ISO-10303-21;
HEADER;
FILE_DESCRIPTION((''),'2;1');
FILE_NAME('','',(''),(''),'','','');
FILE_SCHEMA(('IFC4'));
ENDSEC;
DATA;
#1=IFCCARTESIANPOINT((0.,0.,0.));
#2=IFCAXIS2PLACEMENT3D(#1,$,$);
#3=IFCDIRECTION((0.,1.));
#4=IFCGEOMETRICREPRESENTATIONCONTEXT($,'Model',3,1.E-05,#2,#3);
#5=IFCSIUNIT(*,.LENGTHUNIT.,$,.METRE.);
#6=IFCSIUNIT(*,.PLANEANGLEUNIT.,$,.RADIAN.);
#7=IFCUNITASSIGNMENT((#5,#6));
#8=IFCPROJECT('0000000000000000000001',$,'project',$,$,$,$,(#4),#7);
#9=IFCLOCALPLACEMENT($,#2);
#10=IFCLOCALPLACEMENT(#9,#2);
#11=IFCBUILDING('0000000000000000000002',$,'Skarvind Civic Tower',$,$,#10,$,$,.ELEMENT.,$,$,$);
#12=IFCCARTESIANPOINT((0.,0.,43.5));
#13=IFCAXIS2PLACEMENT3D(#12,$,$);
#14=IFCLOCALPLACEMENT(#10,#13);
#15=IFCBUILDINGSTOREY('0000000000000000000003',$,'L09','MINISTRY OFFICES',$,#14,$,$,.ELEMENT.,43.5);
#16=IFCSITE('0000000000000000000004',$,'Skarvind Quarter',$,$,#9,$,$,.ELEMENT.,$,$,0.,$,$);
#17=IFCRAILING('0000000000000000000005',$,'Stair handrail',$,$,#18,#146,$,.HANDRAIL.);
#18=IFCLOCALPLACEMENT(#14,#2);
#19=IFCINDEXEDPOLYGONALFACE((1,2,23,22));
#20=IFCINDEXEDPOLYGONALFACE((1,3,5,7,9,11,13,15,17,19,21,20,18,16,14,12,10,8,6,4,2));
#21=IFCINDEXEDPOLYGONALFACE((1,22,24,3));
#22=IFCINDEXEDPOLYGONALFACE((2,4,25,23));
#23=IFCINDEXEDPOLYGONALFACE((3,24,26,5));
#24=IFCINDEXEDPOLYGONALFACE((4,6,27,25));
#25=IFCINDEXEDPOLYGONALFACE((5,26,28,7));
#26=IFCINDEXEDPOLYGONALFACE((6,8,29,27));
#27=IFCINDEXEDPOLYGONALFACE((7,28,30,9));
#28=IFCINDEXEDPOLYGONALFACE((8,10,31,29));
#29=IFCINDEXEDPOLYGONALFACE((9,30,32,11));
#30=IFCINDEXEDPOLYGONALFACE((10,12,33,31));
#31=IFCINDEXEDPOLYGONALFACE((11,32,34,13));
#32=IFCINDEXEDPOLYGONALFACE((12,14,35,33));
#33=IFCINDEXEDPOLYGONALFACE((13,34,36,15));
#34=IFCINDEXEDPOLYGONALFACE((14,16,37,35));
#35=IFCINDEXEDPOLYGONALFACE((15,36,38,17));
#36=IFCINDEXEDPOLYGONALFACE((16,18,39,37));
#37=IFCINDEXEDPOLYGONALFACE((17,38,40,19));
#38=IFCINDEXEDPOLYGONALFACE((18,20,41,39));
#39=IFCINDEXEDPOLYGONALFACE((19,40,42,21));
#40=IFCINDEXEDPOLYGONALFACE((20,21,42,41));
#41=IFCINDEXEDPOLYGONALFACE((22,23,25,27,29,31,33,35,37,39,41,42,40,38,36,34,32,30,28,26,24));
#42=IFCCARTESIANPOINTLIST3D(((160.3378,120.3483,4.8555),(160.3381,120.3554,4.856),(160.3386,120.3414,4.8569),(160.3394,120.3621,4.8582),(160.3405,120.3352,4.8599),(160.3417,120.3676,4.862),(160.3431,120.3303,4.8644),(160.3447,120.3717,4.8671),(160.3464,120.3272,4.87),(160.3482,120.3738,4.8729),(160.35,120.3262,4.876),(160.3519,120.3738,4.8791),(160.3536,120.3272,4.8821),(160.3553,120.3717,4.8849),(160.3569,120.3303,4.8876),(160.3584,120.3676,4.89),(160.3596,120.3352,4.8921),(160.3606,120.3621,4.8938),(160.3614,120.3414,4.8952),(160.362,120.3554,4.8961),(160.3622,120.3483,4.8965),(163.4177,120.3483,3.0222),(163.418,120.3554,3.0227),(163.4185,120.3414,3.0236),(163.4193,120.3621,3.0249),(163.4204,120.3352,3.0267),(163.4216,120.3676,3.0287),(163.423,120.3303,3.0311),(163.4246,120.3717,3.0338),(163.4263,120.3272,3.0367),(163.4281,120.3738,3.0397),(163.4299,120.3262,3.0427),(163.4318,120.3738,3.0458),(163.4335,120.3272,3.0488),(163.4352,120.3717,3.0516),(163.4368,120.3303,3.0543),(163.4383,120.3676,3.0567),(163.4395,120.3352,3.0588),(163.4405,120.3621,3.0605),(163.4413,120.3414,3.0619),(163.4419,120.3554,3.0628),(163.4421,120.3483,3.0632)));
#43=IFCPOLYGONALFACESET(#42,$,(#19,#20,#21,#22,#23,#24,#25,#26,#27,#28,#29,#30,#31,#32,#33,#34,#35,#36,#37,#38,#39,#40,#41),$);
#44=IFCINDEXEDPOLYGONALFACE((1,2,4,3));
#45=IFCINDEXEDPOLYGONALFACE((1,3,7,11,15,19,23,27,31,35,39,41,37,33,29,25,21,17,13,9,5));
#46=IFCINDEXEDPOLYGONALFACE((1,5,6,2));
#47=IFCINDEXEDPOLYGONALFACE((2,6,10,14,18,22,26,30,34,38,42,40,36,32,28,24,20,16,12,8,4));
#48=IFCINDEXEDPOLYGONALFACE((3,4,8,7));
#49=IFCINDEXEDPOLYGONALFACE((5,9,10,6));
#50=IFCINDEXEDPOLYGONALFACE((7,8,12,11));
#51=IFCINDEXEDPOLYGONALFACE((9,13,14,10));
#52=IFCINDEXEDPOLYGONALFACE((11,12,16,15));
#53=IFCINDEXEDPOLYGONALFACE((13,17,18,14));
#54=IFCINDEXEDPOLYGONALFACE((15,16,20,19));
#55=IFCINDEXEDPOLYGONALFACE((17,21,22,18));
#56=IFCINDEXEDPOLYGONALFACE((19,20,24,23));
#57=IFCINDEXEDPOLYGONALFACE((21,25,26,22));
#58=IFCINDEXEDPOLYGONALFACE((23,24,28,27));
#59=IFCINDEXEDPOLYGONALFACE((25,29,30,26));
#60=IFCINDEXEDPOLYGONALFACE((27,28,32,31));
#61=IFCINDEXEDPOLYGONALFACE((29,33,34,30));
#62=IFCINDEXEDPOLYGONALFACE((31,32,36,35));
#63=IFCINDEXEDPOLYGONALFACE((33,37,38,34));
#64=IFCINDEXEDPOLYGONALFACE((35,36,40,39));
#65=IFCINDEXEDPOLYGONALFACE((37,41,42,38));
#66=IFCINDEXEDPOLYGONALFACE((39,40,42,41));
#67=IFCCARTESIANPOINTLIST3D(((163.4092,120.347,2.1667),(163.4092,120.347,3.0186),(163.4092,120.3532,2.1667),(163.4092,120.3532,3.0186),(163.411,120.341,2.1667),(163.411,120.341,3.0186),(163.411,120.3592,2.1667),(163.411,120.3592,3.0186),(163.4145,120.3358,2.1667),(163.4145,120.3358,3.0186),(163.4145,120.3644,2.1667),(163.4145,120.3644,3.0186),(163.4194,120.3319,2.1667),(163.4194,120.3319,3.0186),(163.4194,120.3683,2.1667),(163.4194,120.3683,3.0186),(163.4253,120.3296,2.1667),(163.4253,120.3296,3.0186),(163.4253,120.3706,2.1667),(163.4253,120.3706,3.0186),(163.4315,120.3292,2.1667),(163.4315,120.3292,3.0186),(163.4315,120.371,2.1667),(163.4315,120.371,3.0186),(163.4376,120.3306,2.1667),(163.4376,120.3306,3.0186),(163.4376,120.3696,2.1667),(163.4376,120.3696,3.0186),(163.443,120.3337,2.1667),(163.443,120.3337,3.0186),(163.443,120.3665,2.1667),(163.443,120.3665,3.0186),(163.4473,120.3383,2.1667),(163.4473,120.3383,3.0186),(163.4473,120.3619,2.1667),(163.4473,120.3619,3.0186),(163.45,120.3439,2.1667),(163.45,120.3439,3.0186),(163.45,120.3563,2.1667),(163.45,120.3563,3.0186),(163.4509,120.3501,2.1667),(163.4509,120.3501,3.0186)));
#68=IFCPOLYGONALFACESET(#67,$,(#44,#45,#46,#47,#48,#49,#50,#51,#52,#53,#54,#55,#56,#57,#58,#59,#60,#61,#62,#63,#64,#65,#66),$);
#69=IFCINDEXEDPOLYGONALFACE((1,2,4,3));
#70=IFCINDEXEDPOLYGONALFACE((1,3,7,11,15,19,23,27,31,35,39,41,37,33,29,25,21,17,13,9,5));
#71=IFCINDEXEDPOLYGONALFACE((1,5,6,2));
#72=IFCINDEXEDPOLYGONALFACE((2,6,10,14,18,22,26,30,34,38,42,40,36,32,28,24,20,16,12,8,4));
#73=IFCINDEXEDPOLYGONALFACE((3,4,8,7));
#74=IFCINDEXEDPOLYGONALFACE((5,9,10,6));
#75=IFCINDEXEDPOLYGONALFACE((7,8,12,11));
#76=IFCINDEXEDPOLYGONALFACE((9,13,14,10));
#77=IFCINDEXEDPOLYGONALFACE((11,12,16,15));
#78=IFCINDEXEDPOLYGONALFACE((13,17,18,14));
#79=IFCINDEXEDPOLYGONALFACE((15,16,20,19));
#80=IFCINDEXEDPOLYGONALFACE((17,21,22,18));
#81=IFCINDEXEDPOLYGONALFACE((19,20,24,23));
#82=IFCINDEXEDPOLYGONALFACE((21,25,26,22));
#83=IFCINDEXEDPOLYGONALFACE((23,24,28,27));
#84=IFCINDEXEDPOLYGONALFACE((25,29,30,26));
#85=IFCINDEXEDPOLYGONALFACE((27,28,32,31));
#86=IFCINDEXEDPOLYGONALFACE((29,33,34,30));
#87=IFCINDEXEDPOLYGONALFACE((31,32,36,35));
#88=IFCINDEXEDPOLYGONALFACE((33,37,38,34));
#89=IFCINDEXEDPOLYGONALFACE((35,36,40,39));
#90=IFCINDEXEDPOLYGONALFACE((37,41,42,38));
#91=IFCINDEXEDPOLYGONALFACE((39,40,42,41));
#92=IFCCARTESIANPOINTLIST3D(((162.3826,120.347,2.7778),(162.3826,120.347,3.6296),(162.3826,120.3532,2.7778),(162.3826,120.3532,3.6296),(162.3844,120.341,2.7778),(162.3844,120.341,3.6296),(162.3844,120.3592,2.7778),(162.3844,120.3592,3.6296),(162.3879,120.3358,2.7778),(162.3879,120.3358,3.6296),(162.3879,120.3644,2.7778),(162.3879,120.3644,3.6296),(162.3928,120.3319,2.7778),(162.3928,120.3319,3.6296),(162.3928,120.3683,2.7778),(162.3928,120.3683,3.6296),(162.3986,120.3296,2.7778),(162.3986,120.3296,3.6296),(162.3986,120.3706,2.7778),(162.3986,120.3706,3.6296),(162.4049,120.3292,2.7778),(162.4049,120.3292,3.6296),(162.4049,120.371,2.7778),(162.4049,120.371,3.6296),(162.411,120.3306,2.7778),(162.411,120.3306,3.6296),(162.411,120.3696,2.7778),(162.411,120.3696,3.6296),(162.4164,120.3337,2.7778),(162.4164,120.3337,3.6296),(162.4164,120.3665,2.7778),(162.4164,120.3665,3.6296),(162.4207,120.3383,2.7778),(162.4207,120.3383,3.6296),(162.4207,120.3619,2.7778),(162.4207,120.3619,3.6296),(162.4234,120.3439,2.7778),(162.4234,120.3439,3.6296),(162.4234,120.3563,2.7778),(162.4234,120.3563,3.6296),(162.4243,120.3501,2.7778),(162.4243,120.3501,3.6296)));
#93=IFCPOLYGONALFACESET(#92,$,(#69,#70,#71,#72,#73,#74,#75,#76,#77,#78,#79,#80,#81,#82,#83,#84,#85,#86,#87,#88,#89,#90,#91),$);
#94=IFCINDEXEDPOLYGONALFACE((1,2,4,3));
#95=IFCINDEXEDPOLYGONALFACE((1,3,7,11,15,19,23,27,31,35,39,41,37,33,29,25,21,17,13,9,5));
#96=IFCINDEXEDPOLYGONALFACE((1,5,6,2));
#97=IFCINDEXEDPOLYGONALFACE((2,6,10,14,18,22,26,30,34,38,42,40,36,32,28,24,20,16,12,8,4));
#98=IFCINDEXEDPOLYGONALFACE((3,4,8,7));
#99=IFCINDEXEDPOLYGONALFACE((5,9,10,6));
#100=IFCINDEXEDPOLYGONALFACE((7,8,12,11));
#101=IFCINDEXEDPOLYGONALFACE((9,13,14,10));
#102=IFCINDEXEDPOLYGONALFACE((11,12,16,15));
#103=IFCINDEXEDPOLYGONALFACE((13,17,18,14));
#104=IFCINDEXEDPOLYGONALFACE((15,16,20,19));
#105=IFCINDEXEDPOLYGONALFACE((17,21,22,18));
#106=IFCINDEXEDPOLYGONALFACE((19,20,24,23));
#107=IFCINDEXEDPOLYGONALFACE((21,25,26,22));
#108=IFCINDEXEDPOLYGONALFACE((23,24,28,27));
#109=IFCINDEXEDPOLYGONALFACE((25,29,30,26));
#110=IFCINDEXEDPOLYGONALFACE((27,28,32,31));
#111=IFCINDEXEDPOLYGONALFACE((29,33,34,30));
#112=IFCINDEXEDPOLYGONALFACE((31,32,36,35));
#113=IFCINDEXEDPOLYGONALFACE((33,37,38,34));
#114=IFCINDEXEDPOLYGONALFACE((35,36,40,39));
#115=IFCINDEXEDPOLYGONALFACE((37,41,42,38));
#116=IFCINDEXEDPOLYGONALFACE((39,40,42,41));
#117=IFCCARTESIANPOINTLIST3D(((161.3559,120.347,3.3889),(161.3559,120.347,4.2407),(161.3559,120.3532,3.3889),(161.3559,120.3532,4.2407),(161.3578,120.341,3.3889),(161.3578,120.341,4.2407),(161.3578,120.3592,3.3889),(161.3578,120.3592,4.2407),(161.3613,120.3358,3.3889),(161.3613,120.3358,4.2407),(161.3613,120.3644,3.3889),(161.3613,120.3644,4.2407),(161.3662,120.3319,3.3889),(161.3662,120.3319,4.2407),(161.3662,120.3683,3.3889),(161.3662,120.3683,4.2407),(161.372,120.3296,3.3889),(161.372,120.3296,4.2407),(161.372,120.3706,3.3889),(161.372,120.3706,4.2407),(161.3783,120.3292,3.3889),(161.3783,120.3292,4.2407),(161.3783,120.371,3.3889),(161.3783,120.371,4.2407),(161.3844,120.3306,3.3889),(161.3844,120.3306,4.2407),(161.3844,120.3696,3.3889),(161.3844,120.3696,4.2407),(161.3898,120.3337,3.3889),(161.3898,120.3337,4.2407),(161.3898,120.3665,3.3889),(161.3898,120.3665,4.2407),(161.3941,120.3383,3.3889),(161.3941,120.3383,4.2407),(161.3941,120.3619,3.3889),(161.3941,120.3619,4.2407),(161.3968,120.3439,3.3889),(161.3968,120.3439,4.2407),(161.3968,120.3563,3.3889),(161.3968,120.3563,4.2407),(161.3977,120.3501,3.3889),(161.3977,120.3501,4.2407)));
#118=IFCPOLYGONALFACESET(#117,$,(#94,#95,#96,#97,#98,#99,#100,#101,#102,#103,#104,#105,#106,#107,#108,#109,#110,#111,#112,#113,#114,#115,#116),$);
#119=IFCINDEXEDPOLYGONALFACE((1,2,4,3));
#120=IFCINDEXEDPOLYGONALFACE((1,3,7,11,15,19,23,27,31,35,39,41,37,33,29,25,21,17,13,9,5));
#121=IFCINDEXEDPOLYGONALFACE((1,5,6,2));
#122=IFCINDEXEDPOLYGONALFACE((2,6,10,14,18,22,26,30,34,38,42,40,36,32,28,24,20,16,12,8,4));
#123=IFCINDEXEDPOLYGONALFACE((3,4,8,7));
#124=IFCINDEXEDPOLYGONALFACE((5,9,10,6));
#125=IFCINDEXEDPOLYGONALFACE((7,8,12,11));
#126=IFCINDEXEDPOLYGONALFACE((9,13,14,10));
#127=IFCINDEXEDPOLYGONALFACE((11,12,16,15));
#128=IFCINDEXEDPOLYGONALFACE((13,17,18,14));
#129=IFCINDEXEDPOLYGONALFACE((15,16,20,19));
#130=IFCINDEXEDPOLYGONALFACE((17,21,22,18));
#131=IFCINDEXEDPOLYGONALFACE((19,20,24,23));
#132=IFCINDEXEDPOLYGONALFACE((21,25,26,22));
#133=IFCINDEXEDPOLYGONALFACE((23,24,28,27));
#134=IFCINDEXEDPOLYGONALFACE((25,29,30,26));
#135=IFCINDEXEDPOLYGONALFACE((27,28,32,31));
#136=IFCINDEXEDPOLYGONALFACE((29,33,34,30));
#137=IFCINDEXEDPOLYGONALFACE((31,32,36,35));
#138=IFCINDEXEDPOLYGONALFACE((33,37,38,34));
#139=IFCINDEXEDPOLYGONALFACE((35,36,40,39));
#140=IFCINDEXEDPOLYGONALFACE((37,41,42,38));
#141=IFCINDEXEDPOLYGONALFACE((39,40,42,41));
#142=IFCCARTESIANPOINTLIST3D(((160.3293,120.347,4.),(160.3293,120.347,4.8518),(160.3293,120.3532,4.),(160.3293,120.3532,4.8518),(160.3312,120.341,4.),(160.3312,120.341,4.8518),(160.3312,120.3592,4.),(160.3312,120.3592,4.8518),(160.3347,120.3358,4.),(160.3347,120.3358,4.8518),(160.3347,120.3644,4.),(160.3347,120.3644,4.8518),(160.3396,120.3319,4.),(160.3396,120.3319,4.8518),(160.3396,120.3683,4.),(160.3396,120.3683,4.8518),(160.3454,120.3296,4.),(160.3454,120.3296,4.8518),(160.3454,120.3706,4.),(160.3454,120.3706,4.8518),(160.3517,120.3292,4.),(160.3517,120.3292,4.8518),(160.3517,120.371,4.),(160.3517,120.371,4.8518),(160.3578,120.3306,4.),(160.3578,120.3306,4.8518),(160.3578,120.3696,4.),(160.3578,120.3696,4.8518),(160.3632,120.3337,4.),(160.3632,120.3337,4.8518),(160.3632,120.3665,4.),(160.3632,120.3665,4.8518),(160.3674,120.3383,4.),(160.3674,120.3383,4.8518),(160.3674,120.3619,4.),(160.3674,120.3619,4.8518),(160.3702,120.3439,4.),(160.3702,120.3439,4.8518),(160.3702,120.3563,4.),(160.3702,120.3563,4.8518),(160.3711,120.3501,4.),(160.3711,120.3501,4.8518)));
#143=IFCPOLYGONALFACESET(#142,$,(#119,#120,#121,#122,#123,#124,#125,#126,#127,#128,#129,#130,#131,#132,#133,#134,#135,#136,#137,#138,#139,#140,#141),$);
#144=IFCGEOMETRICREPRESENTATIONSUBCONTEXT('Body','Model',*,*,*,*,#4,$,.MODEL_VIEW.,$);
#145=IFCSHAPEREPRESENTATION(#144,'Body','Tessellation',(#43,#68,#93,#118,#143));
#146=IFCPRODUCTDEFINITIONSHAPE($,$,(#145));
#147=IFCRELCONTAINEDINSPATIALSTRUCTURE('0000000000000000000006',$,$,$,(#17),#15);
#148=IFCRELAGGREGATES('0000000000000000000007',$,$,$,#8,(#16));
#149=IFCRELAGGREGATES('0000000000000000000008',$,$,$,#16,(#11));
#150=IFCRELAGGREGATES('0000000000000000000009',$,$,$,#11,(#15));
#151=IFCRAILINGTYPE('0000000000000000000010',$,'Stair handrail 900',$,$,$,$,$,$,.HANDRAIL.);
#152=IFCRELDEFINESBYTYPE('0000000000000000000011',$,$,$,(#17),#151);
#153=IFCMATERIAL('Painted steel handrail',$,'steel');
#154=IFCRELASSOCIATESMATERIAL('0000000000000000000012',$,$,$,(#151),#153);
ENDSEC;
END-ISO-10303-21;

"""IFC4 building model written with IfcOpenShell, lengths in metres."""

from ifc_helpers import new_model, si_unit, direction, frame, origin, origin_2d, place, context, subcontext, project, spatial, circle, extrude, material, type_object, element, save


model = new_model("IFC4")

# Units and contexts
model_context = context("Model", 3, precision=1e-05, world=origin(), true_north=direction((0.0, 1.0)))
body_context = subcontext(model_context, "Body", "Model", "MODEL_VIEW")
ifc_project = project(units=[si_unit("LENGTHUNIT", "METRE"), si_unit("PLANEANGLEUNIT", "RADIAN")], contexts=[model_context])

# Site, building, storey
site_placement = place(None, origin())
site = spatial("IfcSite", under=ifc_project, at=site_placement, Name="Skarvind Quarter", CompositionType="ELEMENT", RefElevation=0.0)
building_placement = place(site_placement, origin())
building = spatial("IfcBuilding", under=site, at=building_placement, Name="Skarvind Civic Tower", CompositionType="ELEMENT")
storey_placement = place(building_placement, frame((0.0, 0.0, 43.5)))
storey = spatial("IfcBuildingStorey", under=building, at=storey_placement, Name="L09", Description="MINISTRY OFFICES", CompositionType="ELEMENT", Elevation=43.5)

# Railing
ifc_material_1 = material(Name="Painted steel handrail", Category="steel")
railing_type = type_object("IfcRailingType", Name="Stair handrail 900", PredefinedType="HANDRAIL", material=ifc_material_1)
railing_placement = place(storey_placement, frame((163.4299, 120.3501, 2.1667)))
element("IfcRailing", 1, at=railing_placement, inside=storey, type_object=railing_type, Name="Stair handrail", PredefinedType="HANDRAIL", context=body_context, shape_type="SweptSolid", body=[
    extrude(circle(Radius=0.0239, at=origin_2d()), frame((0.0, 0.0, 0.876), z_axis=(-0.859291, 0.0, 0.511487), x_axis=(0.0, -1.0, 0.0)), (0.0, 0.0, 1.0), 3.5842),
    extrude(circle(Radius=0.021, at=origin_2d()), origin(), (0.0, 0.0, 1.0), 0.8518),
    extrude(circle(Radius=0.021, at=origin_2d()), frame((-1.0266, 0.0, 0.6111)), (0.0, 0.0, 1.0), 0.8518),
    extrude(circle(Radius=0.021, at=origin_2d()), frame((-2.0532, 0.0, 1.2222)), (0.0, 0.0, 1.0), 0.8518),
    extrude(circle(Radius=0.021, at=origin_2d()), frame((-3.0798, 0.0, 1.8333)), (0.0, 0.0, 1.0), 0.8518),
])

save(model, "model.ifc")
